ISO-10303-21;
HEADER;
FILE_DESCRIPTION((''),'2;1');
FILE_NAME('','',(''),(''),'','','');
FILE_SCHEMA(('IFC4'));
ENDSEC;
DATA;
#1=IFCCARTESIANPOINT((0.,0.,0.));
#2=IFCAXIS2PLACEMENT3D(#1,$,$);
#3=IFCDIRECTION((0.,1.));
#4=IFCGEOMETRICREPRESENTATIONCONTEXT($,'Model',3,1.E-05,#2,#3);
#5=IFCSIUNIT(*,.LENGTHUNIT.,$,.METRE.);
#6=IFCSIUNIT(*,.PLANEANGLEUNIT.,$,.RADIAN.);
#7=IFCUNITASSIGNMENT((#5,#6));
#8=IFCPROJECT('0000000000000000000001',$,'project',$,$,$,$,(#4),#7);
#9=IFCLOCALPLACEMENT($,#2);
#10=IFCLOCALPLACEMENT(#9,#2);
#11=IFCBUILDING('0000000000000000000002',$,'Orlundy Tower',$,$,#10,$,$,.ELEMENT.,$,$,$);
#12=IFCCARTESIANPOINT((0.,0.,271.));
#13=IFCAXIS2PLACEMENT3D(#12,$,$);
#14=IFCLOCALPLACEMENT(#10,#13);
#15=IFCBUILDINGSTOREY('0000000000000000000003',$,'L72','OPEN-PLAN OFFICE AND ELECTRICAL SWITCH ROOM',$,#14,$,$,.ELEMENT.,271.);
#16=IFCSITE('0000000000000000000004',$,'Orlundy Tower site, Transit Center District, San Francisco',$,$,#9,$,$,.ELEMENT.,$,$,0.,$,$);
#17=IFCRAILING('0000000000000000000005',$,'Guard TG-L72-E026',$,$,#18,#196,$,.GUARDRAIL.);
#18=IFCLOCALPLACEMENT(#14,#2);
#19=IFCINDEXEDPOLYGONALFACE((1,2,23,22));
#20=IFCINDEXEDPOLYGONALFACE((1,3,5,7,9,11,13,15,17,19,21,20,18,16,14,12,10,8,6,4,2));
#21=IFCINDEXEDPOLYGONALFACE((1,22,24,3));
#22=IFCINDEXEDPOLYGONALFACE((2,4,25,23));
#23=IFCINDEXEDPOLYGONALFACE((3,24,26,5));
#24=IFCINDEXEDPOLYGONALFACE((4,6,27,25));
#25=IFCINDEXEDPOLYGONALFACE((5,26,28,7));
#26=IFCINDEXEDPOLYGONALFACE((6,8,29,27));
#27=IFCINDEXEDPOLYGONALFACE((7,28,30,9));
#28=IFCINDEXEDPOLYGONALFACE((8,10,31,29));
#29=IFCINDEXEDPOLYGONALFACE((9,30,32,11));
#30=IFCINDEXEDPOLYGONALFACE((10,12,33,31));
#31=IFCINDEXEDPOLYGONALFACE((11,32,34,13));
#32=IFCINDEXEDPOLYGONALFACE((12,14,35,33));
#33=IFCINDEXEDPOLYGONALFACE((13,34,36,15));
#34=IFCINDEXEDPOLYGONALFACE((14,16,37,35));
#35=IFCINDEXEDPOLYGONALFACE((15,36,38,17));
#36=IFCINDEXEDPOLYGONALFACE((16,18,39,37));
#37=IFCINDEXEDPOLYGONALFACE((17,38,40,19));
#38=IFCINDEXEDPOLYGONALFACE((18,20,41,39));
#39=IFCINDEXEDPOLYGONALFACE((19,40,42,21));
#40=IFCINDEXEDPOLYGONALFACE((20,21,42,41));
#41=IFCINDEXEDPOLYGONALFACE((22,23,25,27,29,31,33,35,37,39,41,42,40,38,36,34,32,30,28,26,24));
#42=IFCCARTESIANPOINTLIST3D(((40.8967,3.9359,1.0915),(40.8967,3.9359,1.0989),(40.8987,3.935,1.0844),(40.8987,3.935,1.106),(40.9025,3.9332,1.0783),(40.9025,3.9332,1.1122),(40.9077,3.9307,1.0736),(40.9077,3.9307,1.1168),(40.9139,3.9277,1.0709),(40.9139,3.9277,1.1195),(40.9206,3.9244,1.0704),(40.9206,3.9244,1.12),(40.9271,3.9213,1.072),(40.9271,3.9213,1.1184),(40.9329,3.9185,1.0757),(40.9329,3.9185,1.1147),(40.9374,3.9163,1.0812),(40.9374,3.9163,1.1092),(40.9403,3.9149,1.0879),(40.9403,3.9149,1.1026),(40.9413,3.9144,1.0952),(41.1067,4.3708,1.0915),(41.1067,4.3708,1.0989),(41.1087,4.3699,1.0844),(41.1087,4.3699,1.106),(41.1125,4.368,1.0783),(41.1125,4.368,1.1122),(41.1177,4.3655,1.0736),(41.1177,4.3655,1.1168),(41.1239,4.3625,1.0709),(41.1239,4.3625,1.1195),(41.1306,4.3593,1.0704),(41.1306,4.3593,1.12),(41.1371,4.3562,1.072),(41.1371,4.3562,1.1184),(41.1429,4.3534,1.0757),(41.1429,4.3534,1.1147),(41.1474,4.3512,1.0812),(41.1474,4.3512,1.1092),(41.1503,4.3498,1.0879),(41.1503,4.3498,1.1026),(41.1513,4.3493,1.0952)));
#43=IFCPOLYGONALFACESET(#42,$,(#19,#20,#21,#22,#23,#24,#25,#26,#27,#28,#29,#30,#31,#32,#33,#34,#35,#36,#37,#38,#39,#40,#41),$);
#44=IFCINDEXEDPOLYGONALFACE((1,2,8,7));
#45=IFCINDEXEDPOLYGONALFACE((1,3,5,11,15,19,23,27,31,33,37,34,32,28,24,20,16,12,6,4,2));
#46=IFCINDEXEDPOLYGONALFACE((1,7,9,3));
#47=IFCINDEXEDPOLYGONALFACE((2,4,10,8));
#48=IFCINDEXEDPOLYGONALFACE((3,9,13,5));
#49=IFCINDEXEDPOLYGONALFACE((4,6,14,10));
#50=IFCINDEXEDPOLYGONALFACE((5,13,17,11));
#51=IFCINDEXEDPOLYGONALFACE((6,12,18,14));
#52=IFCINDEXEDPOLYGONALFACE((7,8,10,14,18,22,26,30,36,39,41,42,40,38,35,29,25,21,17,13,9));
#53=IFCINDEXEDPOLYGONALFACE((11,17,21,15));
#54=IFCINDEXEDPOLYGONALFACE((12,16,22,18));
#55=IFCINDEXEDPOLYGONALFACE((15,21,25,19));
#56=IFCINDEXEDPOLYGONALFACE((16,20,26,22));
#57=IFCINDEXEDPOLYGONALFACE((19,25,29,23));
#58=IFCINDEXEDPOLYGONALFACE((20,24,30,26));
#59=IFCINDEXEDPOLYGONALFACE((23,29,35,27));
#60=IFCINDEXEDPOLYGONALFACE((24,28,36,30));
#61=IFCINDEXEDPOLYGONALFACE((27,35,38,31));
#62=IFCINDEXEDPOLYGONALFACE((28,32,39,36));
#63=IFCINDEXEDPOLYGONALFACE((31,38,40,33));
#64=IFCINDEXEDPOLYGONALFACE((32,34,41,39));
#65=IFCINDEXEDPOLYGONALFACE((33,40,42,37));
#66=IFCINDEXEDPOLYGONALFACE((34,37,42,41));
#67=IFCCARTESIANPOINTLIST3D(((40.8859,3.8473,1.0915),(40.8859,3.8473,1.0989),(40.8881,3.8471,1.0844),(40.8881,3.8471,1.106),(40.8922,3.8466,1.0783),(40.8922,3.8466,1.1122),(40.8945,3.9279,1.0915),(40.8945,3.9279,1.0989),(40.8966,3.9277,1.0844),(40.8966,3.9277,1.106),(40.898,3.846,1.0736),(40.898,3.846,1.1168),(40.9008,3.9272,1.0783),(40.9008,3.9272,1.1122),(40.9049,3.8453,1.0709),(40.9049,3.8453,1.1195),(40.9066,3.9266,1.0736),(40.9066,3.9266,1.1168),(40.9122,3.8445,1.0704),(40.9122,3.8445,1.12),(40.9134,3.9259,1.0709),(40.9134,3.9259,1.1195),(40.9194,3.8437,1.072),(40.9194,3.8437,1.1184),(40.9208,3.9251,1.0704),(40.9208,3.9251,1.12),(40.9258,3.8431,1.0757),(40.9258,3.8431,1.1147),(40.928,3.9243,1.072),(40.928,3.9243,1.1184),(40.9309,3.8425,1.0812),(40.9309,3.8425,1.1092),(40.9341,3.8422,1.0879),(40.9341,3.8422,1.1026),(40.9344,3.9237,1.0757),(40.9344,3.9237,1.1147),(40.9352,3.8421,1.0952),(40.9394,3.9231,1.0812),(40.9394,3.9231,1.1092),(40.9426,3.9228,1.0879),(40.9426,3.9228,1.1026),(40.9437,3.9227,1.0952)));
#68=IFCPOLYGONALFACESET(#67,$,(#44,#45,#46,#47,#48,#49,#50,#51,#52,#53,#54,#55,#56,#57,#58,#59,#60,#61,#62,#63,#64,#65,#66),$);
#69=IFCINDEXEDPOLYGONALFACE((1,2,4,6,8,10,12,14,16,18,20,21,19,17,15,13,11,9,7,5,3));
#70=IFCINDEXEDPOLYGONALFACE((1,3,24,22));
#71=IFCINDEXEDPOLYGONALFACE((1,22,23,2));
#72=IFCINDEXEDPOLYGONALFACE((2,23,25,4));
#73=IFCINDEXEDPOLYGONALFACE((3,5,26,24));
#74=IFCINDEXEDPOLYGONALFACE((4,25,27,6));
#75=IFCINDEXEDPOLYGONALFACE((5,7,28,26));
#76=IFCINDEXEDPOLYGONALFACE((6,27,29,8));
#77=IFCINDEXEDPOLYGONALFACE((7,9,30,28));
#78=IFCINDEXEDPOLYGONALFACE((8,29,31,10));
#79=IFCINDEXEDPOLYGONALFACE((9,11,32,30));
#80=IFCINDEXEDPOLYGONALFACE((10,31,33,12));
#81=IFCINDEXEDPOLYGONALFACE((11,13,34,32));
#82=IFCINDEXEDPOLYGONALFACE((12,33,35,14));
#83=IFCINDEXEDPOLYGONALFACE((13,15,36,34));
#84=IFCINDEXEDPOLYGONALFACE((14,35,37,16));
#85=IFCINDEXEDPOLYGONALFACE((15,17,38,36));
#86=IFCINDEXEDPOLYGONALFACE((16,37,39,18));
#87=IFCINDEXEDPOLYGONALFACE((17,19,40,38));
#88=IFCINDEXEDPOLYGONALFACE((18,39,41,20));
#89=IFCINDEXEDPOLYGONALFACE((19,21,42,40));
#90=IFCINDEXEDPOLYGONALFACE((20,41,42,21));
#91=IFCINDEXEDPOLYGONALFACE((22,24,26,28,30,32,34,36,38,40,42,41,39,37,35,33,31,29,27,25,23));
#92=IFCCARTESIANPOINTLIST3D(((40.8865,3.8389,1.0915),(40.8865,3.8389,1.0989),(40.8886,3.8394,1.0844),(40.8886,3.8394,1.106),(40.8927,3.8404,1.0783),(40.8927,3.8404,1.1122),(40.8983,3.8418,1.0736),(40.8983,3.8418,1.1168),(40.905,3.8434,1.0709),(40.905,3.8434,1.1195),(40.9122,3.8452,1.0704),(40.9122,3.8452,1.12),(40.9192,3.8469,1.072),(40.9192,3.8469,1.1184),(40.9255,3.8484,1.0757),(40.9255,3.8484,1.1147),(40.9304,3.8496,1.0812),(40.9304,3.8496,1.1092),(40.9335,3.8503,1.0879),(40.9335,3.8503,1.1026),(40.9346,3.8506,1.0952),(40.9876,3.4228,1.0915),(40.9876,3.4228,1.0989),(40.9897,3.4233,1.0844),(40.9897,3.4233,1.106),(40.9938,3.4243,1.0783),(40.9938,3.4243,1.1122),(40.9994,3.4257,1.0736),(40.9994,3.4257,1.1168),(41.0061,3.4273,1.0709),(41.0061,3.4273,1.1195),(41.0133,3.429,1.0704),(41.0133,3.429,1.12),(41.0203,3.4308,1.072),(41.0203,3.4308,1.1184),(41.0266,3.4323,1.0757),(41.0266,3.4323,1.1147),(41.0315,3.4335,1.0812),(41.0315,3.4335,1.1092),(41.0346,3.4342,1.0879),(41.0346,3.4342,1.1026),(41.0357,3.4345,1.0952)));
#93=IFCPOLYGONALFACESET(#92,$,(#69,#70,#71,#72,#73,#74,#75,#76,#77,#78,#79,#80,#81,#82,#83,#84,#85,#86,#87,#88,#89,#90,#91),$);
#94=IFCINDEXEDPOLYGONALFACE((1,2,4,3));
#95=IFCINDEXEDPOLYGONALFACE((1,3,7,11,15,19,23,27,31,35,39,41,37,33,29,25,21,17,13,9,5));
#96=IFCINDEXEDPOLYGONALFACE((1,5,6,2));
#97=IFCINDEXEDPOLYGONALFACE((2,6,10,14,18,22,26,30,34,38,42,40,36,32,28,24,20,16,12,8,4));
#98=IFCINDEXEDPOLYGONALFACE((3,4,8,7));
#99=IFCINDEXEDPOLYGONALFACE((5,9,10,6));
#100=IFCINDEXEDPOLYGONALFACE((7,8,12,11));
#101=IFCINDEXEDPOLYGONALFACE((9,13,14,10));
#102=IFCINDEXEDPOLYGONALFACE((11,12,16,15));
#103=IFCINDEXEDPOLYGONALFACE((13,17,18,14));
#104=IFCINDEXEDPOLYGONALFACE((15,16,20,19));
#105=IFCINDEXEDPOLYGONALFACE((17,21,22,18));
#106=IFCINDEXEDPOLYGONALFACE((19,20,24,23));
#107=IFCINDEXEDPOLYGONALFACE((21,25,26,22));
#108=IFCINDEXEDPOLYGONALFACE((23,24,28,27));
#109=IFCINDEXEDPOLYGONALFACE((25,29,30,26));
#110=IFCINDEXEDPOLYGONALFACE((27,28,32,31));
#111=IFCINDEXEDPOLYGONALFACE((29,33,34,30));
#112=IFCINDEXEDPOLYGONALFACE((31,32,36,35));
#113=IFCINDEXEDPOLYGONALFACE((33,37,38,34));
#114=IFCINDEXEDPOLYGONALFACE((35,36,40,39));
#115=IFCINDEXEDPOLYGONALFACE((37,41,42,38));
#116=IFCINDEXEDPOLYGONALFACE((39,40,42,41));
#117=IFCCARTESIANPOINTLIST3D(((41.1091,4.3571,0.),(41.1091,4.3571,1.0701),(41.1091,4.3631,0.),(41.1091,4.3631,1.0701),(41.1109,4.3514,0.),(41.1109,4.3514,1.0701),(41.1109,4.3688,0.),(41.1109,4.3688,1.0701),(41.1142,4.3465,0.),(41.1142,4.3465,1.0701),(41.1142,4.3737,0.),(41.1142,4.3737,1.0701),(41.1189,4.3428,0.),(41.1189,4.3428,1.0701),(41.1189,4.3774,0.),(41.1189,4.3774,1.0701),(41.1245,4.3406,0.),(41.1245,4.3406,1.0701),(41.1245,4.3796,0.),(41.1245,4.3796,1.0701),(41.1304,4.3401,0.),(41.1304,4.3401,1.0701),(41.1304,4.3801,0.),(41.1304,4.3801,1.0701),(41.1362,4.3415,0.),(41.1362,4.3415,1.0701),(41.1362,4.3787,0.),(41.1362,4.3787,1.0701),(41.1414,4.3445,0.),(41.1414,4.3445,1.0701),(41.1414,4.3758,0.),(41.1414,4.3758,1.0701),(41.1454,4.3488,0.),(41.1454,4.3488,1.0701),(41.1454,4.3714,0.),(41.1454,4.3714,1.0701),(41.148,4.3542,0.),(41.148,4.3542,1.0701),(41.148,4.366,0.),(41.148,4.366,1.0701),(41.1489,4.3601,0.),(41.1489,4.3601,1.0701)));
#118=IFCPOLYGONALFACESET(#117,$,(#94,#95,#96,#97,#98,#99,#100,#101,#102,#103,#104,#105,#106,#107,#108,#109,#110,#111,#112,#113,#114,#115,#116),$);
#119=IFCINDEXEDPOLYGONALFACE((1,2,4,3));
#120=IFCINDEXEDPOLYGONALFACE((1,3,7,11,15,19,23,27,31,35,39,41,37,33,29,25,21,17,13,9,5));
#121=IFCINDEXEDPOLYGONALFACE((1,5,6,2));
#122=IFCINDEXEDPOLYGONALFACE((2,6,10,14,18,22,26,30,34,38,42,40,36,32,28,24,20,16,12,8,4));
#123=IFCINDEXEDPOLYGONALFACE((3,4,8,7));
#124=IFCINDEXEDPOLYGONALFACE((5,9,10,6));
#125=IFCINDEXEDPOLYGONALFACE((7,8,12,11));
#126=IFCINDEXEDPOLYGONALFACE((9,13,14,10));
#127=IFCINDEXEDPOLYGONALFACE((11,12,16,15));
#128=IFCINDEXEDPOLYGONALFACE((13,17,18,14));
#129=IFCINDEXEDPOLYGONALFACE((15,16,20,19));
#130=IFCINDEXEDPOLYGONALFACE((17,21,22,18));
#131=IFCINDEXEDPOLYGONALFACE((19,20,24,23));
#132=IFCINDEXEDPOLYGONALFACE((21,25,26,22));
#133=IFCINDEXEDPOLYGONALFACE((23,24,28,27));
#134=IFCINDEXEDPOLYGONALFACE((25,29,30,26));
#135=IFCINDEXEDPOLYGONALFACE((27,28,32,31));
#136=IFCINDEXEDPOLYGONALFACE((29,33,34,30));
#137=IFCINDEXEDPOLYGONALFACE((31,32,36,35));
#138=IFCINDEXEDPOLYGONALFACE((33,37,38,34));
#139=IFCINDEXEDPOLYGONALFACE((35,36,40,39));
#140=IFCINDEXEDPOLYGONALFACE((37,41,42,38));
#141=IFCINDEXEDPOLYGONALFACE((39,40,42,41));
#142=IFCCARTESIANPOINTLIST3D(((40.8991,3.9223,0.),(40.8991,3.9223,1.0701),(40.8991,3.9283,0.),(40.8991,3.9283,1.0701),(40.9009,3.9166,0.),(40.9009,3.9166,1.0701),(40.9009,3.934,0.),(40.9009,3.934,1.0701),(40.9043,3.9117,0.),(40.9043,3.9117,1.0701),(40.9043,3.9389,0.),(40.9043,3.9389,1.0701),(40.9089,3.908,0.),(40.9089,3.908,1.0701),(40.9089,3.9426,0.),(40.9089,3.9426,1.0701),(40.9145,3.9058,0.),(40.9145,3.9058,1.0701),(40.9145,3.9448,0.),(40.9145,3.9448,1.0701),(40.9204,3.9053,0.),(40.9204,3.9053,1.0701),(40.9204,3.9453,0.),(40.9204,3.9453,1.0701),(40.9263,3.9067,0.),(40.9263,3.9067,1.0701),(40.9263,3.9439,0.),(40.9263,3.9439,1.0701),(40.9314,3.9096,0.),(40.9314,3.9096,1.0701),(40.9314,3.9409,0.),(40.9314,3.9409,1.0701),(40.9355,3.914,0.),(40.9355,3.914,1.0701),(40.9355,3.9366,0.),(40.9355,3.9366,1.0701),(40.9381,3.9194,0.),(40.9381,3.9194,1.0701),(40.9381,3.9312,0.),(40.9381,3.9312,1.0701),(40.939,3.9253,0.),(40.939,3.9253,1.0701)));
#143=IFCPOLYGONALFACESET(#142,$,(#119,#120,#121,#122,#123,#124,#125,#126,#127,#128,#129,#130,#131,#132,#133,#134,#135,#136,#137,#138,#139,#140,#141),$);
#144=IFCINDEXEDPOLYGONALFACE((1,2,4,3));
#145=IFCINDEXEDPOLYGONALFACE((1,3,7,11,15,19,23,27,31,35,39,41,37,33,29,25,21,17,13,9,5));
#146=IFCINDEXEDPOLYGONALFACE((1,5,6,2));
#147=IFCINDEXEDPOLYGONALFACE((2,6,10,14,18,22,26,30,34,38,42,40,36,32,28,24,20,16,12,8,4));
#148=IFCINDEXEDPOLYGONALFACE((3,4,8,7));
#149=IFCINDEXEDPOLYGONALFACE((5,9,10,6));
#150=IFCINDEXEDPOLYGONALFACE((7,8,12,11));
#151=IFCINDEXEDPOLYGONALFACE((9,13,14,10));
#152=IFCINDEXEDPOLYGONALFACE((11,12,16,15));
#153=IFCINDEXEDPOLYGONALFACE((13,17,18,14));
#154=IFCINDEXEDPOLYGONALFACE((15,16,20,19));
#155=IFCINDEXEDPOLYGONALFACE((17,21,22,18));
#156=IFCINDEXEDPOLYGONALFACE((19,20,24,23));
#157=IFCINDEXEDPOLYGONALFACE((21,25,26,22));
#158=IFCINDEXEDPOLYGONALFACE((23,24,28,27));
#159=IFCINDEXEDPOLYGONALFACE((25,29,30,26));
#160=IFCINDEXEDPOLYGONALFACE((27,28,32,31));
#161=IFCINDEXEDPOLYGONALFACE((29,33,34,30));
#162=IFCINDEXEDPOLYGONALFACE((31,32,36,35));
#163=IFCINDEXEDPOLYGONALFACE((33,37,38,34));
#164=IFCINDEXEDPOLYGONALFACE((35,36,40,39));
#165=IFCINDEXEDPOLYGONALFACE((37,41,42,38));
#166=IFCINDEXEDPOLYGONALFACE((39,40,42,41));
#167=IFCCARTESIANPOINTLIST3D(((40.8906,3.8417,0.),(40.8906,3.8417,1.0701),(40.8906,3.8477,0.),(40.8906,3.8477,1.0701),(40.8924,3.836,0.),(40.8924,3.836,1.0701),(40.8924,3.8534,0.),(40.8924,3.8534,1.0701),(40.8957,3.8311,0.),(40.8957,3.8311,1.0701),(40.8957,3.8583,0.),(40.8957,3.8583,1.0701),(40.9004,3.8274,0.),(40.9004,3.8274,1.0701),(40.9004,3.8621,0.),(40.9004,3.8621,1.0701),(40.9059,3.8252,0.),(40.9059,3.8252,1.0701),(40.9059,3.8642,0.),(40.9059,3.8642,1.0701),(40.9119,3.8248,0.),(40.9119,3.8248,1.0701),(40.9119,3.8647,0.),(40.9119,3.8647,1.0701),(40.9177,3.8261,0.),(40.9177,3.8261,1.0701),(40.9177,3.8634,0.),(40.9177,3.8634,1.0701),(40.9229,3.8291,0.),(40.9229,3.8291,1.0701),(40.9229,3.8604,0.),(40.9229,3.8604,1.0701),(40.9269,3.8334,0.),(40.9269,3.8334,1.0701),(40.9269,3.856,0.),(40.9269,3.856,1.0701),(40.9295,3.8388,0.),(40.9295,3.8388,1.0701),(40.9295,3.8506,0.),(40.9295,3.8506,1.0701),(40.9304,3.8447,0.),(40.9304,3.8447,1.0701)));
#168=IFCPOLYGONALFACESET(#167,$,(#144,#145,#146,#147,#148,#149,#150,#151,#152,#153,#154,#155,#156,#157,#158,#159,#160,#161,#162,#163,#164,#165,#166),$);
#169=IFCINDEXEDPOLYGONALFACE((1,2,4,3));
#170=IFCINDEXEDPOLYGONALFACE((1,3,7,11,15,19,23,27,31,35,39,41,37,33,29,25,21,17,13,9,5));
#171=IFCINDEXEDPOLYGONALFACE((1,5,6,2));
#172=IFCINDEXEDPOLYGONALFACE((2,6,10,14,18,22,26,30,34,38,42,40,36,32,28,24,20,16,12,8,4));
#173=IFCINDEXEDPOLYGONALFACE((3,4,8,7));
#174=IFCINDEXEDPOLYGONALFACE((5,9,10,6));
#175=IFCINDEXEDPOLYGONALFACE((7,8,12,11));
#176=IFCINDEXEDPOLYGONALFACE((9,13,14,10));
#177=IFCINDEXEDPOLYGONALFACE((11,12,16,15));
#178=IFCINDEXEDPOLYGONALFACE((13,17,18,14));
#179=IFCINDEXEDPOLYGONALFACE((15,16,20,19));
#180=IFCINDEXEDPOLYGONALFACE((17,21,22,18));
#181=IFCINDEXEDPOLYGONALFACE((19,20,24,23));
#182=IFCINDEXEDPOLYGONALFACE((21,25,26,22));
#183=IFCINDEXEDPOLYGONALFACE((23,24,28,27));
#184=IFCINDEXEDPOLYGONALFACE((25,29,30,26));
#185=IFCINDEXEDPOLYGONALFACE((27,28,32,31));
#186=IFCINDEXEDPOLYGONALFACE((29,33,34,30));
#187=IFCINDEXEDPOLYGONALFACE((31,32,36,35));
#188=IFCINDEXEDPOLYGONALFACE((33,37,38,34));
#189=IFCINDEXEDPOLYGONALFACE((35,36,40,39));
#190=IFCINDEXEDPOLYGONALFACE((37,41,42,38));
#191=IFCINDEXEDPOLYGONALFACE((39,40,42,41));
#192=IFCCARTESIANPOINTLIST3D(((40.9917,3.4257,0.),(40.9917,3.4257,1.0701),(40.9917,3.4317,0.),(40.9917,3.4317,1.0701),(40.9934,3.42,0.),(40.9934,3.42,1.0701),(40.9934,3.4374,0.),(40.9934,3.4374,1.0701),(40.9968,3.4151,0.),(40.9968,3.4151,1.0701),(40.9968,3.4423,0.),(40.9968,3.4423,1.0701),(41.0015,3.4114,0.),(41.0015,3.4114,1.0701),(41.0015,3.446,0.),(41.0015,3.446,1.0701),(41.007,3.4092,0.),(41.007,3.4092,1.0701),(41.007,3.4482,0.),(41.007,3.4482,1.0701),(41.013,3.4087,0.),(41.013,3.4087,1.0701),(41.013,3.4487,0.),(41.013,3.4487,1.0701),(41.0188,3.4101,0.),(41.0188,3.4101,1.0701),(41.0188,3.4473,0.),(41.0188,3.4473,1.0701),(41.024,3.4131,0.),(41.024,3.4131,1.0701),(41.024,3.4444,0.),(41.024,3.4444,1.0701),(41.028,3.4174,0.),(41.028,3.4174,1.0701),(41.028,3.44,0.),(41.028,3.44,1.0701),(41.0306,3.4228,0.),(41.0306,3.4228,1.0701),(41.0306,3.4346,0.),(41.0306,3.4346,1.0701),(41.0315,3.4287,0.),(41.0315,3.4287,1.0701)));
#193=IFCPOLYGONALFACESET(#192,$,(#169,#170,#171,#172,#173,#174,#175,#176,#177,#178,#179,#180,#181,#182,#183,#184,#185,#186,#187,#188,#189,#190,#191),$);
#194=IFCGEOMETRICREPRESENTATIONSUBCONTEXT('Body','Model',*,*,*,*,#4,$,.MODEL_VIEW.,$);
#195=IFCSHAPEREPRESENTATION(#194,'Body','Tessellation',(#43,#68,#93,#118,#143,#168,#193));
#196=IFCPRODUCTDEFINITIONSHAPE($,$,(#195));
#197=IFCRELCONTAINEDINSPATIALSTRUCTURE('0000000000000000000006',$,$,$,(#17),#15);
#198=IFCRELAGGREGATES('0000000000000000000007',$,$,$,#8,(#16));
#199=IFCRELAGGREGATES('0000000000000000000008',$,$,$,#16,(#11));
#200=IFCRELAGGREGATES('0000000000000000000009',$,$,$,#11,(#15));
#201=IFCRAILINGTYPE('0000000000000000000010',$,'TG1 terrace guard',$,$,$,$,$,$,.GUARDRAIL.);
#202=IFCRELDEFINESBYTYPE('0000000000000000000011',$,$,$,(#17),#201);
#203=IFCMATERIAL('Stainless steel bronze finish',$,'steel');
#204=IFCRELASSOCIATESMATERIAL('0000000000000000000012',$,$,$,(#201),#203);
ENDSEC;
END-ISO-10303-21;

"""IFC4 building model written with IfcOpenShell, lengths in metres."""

from ifc_helpers import new_model, si_unit, direction, frame, origin, origin_2d, place, context, subcontext, project, spatial, circle, extrude, material, type_object, element, save


model = new_model("IFC4")

# Units and contexts
model_context = context("Model", 3, precision=1e-05, world=origin(), true_north=direction((0.0, 1.0)))
body_context = subcontext(model_context, "Body", "Model", "MODEL_VIEW")
ifc_project = project(units=[si_unit("LENGTHUNIT", "METRE"), si_unit("PLANEANGLEUNIT", "RADIAN")], contexts=[model_context])

# Site, building, storey
site_placement = place(None, origin())
site = spatial("IfcSite", under=ifc_project, at=site_placement, Name="Orlundy Tower site, Transit Center District, San Francisco", CompositionType="ELEMENT", RefElevation=0.0)
building_placement = place(site_placement, origin())
building = spatial("IfcBuilding", under=site, at=building_placement, Name="Orlundy Tower", CompositionType="ELEMENT")
storey_placement = place(building_placement, frame((0.0, 0.0, 271.0)))
storey = spatial("IfcBuildingStorey", under=building, at=storey_placement, Name="L72", Description="OPEN-PLAN OFFICE AND ELECTRICAL SWITCH ROOM", CompositionType="ELEMENT", Elevation=271.0)

# Railing
ifc_material_1 = material(Name="Stainless steel bronze finish", Category="steel")
railing_type = type_object("IfcRailingType", Name="TG1 terrace guard", PredefinedType="GUARDRAIL", material=ifc_material_1)
railing_1_placement = place(storey_placement, frame((41.1289, 4.3601, 0.0)))
element("IfcRailing", 1, at=railing_1_placement, inside=storey, type_object=railing_type, Name="Guard TG-L72-E026", PredefinedType="GUARDRAIL", context=body_context, shape_type="SweptSolid", body=[
    extrude(circle(Radius=0.0249, at=origin_2d()), frame((0.0, 0.0, 1.0952), z_axis=(-0.434834, -0.900511, 0.0), x_axis=(0.900511, -0.434834, 0.0)), (0.0, 0.0, 1.0), 0.4829),
    extrude(circle(Radius=0.0249, at=origin_2d()), frame((-0.21, -0.4348, 1.0952), z_axis=(-0.105469, -0.994423, 0.0), x_axis=(0.994423, -0.105469, 0.0)), (0.0, 0.0, 1.0), 0.0811),
    extrude(circle(Radius=0.0249, at=origin_2d()), frame((-0.2185, -0.5154, 1.0952), z_axis=(0.23609, -0.971731, 0.0), x_axis=(0.971731, 0.23609, 0.0)), (0.0, 0.0, 1.0), 0.4282),
    extrude(circle(Radius=0.02, at=origin_2d()), origin(), (0.0, 0.0, 1.0), 1.0701),
    extrude(circle(Radius=0.02, at=origin_2d()), frame((-0.21, -0.4348, 0.0)), (0.0, 0.0, 1.0), 1.0701),
    extrude(circle(Radius=0.02, at=origin_2d()), frame((-0.2185, -0.5154, 0.0)), (0.0, 0.0, 1.0), 1.0701),
    extrude(circle(Radius=0.02, at=origin_2d()), frame((-0.1174, -0.9314, 0.0)), (0.0, 0.0, 1.0), 1.0701),
])

save(model, "model.ifc")
